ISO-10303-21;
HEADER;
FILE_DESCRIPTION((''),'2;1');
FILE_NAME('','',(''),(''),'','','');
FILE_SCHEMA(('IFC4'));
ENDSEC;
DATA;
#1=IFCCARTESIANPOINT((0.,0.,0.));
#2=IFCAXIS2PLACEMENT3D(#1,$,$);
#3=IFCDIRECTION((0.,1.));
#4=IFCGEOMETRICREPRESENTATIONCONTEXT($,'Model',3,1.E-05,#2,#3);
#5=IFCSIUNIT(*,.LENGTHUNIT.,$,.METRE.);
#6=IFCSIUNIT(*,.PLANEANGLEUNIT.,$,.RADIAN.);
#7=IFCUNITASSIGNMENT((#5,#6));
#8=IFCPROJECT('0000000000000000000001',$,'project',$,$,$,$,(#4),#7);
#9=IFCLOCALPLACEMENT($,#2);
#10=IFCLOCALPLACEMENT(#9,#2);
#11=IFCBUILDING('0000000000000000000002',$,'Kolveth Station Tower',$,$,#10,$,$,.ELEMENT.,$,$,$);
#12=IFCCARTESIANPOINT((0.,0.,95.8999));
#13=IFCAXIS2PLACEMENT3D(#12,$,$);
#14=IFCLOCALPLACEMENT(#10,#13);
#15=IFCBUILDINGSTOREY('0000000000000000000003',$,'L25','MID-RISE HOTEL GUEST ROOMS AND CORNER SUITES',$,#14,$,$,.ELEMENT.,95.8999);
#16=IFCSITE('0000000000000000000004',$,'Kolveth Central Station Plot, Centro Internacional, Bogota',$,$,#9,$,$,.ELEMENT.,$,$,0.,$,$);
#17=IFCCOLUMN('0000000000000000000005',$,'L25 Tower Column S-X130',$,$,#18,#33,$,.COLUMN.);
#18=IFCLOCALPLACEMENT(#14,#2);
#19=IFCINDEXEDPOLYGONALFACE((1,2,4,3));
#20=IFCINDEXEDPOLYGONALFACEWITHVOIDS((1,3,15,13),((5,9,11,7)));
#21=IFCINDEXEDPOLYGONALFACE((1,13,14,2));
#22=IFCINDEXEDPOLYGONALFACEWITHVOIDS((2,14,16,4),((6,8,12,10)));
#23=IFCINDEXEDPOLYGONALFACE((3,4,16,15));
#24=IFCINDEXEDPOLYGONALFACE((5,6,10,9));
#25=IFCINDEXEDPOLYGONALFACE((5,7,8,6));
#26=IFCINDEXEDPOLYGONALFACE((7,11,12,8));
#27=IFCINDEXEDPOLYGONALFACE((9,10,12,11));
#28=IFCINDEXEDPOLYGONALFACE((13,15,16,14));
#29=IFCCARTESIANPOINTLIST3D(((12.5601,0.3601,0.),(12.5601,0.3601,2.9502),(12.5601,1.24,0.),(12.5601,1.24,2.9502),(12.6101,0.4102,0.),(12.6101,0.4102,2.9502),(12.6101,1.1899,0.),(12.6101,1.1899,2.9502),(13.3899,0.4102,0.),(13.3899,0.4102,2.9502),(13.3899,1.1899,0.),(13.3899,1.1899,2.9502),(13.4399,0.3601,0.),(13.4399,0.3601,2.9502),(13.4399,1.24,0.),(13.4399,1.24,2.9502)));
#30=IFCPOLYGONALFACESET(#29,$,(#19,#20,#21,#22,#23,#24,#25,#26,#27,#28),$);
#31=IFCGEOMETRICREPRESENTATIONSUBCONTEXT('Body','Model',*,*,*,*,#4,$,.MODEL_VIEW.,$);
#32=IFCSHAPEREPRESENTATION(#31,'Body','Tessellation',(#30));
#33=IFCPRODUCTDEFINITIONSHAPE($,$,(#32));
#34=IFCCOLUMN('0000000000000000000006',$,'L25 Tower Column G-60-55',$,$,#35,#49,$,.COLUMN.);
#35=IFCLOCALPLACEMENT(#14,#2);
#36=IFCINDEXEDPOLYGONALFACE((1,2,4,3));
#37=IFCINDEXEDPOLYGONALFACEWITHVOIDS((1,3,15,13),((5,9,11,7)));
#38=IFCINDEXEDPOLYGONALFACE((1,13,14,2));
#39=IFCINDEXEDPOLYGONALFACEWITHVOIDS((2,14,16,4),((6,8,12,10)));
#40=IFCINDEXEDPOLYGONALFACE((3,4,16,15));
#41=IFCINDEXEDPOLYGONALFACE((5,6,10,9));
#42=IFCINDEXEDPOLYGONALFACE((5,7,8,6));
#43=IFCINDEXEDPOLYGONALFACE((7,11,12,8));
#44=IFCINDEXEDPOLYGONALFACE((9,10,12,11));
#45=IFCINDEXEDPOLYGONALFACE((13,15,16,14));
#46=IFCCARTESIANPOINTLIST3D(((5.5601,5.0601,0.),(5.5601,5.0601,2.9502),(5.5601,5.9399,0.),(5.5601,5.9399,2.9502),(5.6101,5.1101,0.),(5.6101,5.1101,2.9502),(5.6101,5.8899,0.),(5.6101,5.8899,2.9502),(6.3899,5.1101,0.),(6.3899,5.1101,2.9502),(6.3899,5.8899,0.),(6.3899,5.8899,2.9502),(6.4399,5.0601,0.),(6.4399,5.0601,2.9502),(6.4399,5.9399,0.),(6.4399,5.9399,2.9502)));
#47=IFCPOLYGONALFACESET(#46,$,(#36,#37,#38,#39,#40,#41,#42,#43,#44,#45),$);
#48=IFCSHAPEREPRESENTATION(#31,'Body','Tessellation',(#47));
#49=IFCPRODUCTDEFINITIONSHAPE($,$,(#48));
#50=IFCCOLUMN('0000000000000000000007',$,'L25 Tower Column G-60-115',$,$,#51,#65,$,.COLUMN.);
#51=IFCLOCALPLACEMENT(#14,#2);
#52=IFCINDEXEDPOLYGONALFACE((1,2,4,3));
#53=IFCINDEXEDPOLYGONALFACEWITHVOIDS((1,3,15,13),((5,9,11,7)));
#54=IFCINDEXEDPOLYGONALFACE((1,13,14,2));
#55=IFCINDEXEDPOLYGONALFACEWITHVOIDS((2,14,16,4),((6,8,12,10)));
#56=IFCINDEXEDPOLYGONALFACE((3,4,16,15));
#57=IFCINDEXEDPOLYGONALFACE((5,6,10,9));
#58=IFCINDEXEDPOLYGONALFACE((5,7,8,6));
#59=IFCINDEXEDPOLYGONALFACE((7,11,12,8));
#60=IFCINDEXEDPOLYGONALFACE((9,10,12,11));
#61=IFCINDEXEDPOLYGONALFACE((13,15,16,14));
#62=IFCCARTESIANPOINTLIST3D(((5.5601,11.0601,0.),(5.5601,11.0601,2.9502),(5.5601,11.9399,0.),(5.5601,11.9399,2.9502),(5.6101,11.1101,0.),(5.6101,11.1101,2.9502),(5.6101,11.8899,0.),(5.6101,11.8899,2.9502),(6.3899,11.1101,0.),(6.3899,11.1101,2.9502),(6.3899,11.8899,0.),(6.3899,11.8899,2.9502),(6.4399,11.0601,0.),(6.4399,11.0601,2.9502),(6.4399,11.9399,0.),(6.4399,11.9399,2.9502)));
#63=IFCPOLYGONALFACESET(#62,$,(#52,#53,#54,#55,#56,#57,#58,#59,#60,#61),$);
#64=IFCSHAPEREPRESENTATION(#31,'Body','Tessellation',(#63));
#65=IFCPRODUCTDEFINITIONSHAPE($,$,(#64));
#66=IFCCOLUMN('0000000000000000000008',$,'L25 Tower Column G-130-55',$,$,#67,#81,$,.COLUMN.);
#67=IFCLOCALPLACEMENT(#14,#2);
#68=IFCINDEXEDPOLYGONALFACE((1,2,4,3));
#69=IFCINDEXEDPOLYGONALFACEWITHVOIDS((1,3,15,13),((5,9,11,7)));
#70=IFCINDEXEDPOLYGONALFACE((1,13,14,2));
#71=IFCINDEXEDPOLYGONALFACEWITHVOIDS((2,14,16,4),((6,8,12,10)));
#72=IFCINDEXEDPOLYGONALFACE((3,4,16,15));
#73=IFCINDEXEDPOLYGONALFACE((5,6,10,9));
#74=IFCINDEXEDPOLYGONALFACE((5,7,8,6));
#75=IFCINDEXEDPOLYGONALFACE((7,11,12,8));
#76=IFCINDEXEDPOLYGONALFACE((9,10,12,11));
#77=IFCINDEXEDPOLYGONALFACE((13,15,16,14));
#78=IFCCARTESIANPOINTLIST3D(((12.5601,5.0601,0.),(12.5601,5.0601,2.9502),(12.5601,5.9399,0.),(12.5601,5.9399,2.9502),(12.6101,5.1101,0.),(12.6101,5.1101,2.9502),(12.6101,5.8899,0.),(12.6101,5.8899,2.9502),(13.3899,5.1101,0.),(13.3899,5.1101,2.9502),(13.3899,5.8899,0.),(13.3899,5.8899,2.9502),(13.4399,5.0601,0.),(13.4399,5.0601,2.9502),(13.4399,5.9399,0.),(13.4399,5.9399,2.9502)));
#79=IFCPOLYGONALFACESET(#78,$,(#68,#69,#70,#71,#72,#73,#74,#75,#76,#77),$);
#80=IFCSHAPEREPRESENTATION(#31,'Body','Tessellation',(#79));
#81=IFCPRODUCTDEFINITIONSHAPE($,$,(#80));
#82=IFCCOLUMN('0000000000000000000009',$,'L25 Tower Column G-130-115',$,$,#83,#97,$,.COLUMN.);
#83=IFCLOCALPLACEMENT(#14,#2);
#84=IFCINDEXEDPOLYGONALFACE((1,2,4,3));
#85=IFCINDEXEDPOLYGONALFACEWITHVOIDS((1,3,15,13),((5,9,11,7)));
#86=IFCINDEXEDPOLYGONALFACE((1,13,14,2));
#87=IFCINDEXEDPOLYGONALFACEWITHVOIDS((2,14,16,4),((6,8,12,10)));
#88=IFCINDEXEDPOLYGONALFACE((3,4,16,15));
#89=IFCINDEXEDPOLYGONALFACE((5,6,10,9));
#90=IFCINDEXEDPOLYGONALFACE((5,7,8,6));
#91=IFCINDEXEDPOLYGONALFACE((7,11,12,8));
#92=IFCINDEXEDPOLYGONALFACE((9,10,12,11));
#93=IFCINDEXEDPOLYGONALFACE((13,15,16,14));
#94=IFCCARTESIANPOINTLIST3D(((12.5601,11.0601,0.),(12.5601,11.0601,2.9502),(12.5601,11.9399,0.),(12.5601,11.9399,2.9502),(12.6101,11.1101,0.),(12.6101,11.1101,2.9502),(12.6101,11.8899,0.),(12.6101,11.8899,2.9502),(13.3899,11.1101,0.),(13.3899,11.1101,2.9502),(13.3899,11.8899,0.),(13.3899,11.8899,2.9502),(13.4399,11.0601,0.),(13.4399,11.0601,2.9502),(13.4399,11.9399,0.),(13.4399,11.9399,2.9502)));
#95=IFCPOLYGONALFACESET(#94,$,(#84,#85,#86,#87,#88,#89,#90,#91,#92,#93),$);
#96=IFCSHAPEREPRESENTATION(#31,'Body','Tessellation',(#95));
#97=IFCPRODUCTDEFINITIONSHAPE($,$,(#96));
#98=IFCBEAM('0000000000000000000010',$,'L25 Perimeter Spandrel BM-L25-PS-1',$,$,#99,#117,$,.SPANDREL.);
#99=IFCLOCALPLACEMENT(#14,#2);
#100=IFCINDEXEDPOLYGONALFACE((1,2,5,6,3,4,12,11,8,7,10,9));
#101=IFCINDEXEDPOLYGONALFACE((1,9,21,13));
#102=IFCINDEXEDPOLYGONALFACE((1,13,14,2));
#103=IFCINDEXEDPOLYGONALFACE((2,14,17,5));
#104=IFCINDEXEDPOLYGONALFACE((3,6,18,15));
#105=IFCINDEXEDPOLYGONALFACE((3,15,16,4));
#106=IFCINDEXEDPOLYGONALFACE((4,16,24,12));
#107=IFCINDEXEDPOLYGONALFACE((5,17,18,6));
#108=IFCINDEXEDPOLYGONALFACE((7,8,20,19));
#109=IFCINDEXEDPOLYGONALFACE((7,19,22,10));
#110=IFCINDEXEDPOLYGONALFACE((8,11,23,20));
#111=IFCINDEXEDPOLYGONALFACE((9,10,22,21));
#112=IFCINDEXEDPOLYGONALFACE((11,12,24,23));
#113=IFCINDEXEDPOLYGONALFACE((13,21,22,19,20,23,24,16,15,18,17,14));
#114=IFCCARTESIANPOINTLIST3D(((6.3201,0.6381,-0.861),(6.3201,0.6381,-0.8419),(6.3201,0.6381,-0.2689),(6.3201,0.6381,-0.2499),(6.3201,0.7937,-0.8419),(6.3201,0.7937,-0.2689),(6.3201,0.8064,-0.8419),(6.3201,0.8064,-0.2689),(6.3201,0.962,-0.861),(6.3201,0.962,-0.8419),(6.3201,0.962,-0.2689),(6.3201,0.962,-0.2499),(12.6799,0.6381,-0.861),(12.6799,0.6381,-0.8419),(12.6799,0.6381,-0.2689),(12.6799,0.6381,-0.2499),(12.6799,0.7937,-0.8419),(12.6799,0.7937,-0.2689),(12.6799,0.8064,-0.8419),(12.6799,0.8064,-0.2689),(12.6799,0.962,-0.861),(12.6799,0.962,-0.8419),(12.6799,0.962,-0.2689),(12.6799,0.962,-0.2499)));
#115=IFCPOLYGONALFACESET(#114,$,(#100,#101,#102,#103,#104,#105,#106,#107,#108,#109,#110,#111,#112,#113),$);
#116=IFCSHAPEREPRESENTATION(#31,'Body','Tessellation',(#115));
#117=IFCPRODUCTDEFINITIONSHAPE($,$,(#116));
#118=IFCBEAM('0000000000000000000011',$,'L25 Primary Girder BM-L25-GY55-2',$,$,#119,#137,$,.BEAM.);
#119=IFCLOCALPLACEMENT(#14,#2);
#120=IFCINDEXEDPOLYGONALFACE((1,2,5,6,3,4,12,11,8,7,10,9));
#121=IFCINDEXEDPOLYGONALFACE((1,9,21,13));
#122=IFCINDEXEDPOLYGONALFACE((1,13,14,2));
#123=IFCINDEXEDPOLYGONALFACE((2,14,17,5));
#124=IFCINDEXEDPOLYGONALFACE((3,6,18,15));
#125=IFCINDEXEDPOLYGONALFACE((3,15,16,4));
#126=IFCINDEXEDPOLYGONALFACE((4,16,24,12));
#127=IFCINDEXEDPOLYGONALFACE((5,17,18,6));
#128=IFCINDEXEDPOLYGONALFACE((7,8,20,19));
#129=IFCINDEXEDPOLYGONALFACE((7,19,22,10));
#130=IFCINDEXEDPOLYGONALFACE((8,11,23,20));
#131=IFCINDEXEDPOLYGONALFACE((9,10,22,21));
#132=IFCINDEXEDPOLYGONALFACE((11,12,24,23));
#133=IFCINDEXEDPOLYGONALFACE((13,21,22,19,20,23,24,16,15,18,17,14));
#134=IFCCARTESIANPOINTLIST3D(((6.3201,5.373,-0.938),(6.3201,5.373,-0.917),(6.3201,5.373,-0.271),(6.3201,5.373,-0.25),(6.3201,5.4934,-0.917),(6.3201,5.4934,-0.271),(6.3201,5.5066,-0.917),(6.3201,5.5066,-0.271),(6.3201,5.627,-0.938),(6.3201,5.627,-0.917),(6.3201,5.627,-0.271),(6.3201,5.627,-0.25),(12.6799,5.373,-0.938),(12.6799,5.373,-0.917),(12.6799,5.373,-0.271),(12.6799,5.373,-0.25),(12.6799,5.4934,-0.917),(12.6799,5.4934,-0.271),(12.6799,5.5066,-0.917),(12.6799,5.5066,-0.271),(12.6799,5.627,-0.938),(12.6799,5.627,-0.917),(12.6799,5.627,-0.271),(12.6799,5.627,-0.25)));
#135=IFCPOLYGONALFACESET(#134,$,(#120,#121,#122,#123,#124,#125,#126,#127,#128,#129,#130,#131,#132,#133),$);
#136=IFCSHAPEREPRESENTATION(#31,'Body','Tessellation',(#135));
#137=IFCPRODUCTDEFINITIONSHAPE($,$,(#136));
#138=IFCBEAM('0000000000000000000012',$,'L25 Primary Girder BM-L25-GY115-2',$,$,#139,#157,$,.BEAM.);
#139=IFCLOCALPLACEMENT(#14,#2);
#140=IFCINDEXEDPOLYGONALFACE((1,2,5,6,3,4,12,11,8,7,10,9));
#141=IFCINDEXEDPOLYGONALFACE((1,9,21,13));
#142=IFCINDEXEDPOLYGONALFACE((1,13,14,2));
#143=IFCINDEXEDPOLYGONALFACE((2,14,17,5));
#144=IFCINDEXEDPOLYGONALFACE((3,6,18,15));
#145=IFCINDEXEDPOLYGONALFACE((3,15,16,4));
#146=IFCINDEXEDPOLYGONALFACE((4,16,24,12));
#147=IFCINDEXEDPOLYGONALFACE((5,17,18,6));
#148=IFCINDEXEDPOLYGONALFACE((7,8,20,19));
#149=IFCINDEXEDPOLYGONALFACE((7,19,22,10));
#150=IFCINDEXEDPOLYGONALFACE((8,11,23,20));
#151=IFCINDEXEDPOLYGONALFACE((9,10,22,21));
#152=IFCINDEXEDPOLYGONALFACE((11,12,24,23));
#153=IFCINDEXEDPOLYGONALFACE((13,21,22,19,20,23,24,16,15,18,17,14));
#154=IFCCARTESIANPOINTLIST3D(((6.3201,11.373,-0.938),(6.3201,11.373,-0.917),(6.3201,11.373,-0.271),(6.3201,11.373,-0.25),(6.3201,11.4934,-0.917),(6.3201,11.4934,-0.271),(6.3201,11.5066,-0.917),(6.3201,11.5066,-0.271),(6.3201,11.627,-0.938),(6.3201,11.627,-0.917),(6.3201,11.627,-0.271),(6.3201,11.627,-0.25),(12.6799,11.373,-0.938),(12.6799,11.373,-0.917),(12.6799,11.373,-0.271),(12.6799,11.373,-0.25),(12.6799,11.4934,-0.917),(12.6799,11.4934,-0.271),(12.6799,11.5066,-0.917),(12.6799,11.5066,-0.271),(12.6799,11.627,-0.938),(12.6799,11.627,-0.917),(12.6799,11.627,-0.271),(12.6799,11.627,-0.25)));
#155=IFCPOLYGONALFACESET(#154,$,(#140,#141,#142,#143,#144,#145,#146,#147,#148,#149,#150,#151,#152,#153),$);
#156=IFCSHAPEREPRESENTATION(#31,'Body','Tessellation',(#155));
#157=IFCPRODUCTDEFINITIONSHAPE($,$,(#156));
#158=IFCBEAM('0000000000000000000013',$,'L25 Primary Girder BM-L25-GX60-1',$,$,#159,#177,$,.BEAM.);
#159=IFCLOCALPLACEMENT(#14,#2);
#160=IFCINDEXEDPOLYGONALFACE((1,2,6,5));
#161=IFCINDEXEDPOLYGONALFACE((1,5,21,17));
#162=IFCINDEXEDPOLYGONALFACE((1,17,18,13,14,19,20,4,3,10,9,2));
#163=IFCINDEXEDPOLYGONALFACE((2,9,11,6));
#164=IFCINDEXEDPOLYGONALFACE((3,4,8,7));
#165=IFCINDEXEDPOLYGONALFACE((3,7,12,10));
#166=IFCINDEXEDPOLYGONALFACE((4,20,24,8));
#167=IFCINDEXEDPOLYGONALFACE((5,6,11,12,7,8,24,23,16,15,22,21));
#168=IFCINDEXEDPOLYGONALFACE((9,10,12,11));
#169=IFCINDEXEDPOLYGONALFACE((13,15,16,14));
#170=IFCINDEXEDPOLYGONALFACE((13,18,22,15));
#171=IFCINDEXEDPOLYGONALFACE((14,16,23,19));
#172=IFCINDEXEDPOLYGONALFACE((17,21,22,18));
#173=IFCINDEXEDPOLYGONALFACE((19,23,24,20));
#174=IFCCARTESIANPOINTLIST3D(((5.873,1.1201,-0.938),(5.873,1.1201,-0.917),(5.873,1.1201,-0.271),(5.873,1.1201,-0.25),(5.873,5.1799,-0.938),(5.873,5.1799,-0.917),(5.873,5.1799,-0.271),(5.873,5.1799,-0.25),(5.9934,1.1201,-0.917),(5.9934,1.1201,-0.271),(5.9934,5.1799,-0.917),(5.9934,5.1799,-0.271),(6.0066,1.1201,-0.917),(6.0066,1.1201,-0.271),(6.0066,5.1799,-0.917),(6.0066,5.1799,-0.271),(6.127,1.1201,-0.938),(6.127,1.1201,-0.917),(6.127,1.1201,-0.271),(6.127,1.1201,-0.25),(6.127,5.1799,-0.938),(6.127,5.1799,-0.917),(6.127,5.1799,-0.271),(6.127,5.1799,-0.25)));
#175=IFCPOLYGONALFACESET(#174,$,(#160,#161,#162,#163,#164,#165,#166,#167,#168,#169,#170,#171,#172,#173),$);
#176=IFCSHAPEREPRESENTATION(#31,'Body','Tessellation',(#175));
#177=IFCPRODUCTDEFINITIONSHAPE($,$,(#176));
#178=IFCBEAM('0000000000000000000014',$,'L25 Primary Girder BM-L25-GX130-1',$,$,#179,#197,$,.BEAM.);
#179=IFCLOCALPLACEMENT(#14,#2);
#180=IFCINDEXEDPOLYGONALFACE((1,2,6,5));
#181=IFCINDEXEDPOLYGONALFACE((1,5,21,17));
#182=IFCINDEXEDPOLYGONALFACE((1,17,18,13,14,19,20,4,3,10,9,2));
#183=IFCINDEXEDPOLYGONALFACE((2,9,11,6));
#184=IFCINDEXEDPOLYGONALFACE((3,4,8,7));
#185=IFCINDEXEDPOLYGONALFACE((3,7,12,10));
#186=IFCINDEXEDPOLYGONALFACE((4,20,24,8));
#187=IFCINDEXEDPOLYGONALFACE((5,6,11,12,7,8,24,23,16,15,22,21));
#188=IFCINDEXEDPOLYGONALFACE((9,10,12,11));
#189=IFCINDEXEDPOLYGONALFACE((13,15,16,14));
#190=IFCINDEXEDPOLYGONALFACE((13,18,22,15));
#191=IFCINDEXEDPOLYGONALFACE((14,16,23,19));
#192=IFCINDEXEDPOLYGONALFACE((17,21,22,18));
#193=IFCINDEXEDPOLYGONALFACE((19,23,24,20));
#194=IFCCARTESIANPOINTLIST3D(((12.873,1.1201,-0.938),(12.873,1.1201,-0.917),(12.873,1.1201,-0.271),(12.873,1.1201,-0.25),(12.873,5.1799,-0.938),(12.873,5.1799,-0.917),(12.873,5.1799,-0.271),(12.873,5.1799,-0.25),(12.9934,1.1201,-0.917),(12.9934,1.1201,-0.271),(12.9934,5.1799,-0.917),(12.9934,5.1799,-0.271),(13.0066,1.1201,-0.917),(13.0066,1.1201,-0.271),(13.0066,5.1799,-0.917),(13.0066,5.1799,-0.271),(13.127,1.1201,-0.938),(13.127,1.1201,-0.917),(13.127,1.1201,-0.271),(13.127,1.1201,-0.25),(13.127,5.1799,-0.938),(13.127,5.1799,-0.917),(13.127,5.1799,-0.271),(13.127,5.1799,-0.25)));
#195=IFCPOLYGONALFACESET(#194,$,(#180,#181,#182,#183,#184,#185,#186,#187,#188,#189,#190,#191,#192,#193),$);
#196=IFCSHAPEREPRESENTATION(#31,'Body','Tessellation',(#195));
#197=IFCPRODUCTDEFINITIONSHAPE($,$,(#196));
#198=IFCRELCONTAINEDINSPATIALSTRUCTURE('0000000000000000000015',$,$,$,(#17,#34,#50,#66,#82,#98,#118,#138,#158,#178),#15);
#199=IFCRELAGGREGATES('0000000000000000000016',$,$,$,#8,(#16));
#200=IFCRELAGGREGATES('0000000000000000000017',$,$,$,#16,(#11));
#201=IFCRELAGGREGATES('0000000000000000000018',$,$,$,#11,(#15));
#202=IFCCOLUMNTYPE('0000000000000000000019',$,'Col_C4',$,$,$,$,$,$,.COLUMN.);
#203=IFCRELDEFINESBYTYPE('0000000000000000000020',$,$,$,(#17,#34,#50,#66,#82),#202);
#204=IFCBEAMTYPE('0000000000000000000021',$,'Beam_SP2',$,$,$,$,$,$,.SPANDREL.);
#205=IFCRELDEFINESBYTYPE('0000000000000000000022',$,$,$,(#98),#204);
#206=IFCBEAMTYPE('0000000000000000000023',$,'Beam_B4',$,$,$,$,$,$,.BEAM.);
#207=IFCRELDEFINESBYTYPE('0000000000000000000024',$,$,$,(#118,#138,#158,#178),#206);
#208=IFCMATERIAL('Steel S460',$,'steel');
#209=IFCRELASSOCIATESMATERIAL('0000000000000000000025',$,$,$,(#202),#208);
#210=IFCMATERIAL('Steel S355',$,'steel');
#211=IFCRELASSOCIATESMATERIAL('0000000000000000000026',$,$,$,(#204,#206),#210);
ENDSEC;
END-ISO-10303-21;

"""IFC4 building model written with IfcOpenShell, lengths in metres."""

from ifc_helpers import new_model, si_unit, direction, frame, origin, origin_2d, place, context, subcontext, project, spatial, hollow_rectangle, i_section, extrude, source, transform, mapped, material, material_profile, profile_set, type_object, element, save


model = new_model("IFC4")

# Units and contexts
model_context = context("Model", 3, precision=1e-05, world=origin(), true_north=direction((0.0, 1.0)))
body_context = subcontext(model_context, "Body", "Model", "MODEL_VIEW")
ifc_project = project(units=[si_unit("LENGTHUNIT", "METRE"), si_unit("PLANEANGLEUNIT", "RADIAN")], contexts=[model_context])

# Site, building, storey
site_placement = place(None, origin())
site = spatial("IfcSite", under=ifc_project, at=site_placement, Name="Kolveth Central Station Plot, Centro Internacional, Bogota", CompositionType="ELEMENT", RefElevation=0.0)
building_placement = place(site_placement, origin())
building = spatial("IfcBuilding", under=site, at=building_placement, Name="Kolveth Station Tower", CompositionType="ELEMENT")
storey_placement = place(building_placement, frame((0.0, 0.0, 95.8999)))
storey = spatial("IfcBuildingStorey", under=building, at=storey_placement, Name="L25", Description="MID-RISE HOTEL GUEST ROOMS AND CORNER SUITES", CompositionType="ELEMENT", Elevation=95.8999)

# Columns
ifc_material_1 = material(Name="Steel S460", Category="steel")
ifc_material_profile_1 = material_profile(ifc_material_1, hollow_rectangle(XDim=0.8799, YDim=0.8799, WallThickness=0.05, at=origin_2d()), Name="BOX880x880x50")
ifc_profile_set_1 = profile_set([ifc_material_profile_1], Name="Steel S460")
column_type = type_object("IfcColumnType", Name="Col_C4", PredefinedType="COLUMN", material=ifc_profile_set_1)
shared_shape_1 = source(origin(), body_context, "Body", "SweptSolid", [
    extrude(hollow_rectangle(XDim=0.8799, YDim=0.8799, WallThickness=0.05, at=origin_2d()), origin(), (0.0, 0.0, 1.0), 2.9502),
])
for number, where, z_axis, x_axis, name in (
    (1, (13.0, 0.8, 0.0), (0.0, 0.0, 1.0), (1.0, 0.0, 0.0), "L25 Tower Column S-X130"),
    (2, (6.0, 5.5, 0.0), (0.0, 0.0, 1.0), (1.0, 0.0, 0.0), "L25 Tower Column G-60-55"),
    (3, (6.0, 11.5, 0.0), (0.0, 0.0, 1.0), (1.0, 0.0, 0.0), "L25 Tower Column G-60-115"),
    (4, (13.0, 5.5, 0.0), (0.0, 0.0, 1.0), (1.0, 0.0, 0.0), "L25 Tower Column G-130-55"),
    (5, (13.0, 11.5, 0.0), (0.0, 0.0, 1.0), (1.0, 0.0, 0.0), "L25 Tower Column G-130-115"),
):
    element("IfcColumn", number, at=place(storey_placement, frame(where, z_axis=z_axis, x_axis=x_axis)), inside=storey, type_object=column_type, Name=name, PredefinedType="COLUMN", context=body_context, shape_type="MappedRepresentation", body=[
        mapped(shared_shape_1, transform((0.0, 0.0, 0.0), x_axis=(1.0, 0.0, 0.0), y_axis=(0.0, 1.0, 0.0), z_axis=(0.0, 0.0, 1.0), scale=1.0)),
    ])

# Beams
ifc_material_2 = material(Name="Steel S355", Category="steel")
ifc_material_profile_2 = material_profile(ifc_material_2, i_section(OverallWidth=0.324, OverallDepth=0.6111, WebThickness=0.0127, FlangeThickness=0.019, at=origin_2d()), Name="W610x155")
ifc_profile_set_2 = profile_set([ifc_material_profile_2], Name="Steel S355")
beam_type_1 = type_object("IfcBeamType", Name="Beam_SP2", PredefinedType="SPANDREL", material=ifc_profile_set_2)
shared_shape_2 = source(origin(), body_context, "Body", "SweptSolid", [
    extrude(i_section(OverallWidth=0.324, OverallDepth=0.6111, WebThickness=0.0127, FlangeThickness=0.019, at=origin_2d()), origin(), (0.0, 0.0, 1.0), 6.3599),
])
beam_1_placement = place(storey_placement, frame((6.3201, 0.8, -0.5554), z_axis=(1.0, 0.0, 0.0), x_axis=(0.0, 1.0, 0.0)))
element("IfcBeam", 6, at=beam_1_placement, inside=storey, type_object=beam_type_1, Name="L25 Perimeter Spandrel BM-L25-PS-1", PredefinedType="SPANDREL", context=body_context, shape_type="MappedRepresentation", body=[
    mapped(shared_shape_2, transform((0.0, 0.0, 0.0), x_axis=(1.0, 0.0, 0.0), y_axis=(0.0, 1.0, 0.0), z_axis=(0.0, 0.0, 1.0), scale=1.0)),
])
ifc_material_profile_3 = material_profile(ifc_material_2, i_section(OverallWidth=0.2539, OverallDepth=0.688, WebThickness=0.0132, FlangeThickness=0.021, at=origin_2d()), Name="W690x152")
ifc_profile_set_3 = profile_set([ifc_material_profile_3], Name="Steel S355")
beam_type_2 = type_object("IfcBeamType", Name="Beam_B4", PredefinedType="BEAM", material=ifc_profile_set_3)
shared_shape_3 = source(origin(), body_context, "Body", "SweptSolid", [
    extrude(i_section(OverallWidth=0.2539, OverallDepth=0.688, WebThickness=0.0132, FlangeThickness=0.021, at=origin_2d()), origin(), (0.0, 0.0, 1.0), 6.3599),
])
for number, where, z_axis, x_axis, name in (
    (7, (6.3201, 5.5, -0.594), (1.0, 0.0, 0.0), (0.0, 1.0, 0.0), "L25 Primary Girder BM-L25-GY55-2"),
    (8, (6.3201, 11.5, -0.594), (1.0, 0.0, 0.0), (0.0, 1.0, 0.0), "L25 Primary Girder BM-L25-GY115-2"),
):
    element("IfcBeam", number, at=place(storey_placement, frame(where, z_axis=z_axis, x_axis=x_axis)), inside=storey, type_object=beam_type_2, Name=name, PredefinedType="BEAM", context=body_context, shape_type="MappedRepresentation", body=[
        mapped(shared_shape_3, transform((0.0, 0.0, 0.0), x_axis=(1.0, 0.0, 0.0), y_axis=(0.0, 1.0, 0.0), z_axis=(0.0, 0.0, 1.0), scale=1.0)),
    ])
shared_shape_4 = source(origin(), body_context, "Body", "SweptSolid", [
    extrude(i_section(OverallWidth=0.2539, OverallDepth=0.688, WebThickness=0.0132, FlangeThickness=0.021, at=origin_2d()), origin(), (0.0, 0.0, 1.0), 4.0598),
])
for number, where, z_axis, x_axis, name in (
    (9, (6.0, 1.1201, -0.594), (0.0, 1.0, 0.0), (-1.0, 0.0, 0.0), "L25 Primary Girder BM-L25-GX60-1"),
    (10, (13.0, 1.1201, -0.594), (0.0, 1.0, 0.0), (-1.0, 0.0, 0.0), "L25 Primary Girder BM-L25-GX130-1"),
):
    element("IfcBeam", number, at=place(storey_placement, frame(where, z_axis=z_axis, x_axis=x_axis)), inside=storey, type_object=beam_type_2, Name=name, PredefinedType="BEAM", context=body_context, shape_type="MappedRepresentation", body=[
        mapped(shared_shape_4, transform((0.0, 0.0, 0.0), x_axis=(1.0, 0.0, 0.0), y_axis=(0.0, 1.0, 0.0), z_axis=(0.0, 0.0, 1.0), scale=1.0)),
    ])

save(model, "model.ifc")
